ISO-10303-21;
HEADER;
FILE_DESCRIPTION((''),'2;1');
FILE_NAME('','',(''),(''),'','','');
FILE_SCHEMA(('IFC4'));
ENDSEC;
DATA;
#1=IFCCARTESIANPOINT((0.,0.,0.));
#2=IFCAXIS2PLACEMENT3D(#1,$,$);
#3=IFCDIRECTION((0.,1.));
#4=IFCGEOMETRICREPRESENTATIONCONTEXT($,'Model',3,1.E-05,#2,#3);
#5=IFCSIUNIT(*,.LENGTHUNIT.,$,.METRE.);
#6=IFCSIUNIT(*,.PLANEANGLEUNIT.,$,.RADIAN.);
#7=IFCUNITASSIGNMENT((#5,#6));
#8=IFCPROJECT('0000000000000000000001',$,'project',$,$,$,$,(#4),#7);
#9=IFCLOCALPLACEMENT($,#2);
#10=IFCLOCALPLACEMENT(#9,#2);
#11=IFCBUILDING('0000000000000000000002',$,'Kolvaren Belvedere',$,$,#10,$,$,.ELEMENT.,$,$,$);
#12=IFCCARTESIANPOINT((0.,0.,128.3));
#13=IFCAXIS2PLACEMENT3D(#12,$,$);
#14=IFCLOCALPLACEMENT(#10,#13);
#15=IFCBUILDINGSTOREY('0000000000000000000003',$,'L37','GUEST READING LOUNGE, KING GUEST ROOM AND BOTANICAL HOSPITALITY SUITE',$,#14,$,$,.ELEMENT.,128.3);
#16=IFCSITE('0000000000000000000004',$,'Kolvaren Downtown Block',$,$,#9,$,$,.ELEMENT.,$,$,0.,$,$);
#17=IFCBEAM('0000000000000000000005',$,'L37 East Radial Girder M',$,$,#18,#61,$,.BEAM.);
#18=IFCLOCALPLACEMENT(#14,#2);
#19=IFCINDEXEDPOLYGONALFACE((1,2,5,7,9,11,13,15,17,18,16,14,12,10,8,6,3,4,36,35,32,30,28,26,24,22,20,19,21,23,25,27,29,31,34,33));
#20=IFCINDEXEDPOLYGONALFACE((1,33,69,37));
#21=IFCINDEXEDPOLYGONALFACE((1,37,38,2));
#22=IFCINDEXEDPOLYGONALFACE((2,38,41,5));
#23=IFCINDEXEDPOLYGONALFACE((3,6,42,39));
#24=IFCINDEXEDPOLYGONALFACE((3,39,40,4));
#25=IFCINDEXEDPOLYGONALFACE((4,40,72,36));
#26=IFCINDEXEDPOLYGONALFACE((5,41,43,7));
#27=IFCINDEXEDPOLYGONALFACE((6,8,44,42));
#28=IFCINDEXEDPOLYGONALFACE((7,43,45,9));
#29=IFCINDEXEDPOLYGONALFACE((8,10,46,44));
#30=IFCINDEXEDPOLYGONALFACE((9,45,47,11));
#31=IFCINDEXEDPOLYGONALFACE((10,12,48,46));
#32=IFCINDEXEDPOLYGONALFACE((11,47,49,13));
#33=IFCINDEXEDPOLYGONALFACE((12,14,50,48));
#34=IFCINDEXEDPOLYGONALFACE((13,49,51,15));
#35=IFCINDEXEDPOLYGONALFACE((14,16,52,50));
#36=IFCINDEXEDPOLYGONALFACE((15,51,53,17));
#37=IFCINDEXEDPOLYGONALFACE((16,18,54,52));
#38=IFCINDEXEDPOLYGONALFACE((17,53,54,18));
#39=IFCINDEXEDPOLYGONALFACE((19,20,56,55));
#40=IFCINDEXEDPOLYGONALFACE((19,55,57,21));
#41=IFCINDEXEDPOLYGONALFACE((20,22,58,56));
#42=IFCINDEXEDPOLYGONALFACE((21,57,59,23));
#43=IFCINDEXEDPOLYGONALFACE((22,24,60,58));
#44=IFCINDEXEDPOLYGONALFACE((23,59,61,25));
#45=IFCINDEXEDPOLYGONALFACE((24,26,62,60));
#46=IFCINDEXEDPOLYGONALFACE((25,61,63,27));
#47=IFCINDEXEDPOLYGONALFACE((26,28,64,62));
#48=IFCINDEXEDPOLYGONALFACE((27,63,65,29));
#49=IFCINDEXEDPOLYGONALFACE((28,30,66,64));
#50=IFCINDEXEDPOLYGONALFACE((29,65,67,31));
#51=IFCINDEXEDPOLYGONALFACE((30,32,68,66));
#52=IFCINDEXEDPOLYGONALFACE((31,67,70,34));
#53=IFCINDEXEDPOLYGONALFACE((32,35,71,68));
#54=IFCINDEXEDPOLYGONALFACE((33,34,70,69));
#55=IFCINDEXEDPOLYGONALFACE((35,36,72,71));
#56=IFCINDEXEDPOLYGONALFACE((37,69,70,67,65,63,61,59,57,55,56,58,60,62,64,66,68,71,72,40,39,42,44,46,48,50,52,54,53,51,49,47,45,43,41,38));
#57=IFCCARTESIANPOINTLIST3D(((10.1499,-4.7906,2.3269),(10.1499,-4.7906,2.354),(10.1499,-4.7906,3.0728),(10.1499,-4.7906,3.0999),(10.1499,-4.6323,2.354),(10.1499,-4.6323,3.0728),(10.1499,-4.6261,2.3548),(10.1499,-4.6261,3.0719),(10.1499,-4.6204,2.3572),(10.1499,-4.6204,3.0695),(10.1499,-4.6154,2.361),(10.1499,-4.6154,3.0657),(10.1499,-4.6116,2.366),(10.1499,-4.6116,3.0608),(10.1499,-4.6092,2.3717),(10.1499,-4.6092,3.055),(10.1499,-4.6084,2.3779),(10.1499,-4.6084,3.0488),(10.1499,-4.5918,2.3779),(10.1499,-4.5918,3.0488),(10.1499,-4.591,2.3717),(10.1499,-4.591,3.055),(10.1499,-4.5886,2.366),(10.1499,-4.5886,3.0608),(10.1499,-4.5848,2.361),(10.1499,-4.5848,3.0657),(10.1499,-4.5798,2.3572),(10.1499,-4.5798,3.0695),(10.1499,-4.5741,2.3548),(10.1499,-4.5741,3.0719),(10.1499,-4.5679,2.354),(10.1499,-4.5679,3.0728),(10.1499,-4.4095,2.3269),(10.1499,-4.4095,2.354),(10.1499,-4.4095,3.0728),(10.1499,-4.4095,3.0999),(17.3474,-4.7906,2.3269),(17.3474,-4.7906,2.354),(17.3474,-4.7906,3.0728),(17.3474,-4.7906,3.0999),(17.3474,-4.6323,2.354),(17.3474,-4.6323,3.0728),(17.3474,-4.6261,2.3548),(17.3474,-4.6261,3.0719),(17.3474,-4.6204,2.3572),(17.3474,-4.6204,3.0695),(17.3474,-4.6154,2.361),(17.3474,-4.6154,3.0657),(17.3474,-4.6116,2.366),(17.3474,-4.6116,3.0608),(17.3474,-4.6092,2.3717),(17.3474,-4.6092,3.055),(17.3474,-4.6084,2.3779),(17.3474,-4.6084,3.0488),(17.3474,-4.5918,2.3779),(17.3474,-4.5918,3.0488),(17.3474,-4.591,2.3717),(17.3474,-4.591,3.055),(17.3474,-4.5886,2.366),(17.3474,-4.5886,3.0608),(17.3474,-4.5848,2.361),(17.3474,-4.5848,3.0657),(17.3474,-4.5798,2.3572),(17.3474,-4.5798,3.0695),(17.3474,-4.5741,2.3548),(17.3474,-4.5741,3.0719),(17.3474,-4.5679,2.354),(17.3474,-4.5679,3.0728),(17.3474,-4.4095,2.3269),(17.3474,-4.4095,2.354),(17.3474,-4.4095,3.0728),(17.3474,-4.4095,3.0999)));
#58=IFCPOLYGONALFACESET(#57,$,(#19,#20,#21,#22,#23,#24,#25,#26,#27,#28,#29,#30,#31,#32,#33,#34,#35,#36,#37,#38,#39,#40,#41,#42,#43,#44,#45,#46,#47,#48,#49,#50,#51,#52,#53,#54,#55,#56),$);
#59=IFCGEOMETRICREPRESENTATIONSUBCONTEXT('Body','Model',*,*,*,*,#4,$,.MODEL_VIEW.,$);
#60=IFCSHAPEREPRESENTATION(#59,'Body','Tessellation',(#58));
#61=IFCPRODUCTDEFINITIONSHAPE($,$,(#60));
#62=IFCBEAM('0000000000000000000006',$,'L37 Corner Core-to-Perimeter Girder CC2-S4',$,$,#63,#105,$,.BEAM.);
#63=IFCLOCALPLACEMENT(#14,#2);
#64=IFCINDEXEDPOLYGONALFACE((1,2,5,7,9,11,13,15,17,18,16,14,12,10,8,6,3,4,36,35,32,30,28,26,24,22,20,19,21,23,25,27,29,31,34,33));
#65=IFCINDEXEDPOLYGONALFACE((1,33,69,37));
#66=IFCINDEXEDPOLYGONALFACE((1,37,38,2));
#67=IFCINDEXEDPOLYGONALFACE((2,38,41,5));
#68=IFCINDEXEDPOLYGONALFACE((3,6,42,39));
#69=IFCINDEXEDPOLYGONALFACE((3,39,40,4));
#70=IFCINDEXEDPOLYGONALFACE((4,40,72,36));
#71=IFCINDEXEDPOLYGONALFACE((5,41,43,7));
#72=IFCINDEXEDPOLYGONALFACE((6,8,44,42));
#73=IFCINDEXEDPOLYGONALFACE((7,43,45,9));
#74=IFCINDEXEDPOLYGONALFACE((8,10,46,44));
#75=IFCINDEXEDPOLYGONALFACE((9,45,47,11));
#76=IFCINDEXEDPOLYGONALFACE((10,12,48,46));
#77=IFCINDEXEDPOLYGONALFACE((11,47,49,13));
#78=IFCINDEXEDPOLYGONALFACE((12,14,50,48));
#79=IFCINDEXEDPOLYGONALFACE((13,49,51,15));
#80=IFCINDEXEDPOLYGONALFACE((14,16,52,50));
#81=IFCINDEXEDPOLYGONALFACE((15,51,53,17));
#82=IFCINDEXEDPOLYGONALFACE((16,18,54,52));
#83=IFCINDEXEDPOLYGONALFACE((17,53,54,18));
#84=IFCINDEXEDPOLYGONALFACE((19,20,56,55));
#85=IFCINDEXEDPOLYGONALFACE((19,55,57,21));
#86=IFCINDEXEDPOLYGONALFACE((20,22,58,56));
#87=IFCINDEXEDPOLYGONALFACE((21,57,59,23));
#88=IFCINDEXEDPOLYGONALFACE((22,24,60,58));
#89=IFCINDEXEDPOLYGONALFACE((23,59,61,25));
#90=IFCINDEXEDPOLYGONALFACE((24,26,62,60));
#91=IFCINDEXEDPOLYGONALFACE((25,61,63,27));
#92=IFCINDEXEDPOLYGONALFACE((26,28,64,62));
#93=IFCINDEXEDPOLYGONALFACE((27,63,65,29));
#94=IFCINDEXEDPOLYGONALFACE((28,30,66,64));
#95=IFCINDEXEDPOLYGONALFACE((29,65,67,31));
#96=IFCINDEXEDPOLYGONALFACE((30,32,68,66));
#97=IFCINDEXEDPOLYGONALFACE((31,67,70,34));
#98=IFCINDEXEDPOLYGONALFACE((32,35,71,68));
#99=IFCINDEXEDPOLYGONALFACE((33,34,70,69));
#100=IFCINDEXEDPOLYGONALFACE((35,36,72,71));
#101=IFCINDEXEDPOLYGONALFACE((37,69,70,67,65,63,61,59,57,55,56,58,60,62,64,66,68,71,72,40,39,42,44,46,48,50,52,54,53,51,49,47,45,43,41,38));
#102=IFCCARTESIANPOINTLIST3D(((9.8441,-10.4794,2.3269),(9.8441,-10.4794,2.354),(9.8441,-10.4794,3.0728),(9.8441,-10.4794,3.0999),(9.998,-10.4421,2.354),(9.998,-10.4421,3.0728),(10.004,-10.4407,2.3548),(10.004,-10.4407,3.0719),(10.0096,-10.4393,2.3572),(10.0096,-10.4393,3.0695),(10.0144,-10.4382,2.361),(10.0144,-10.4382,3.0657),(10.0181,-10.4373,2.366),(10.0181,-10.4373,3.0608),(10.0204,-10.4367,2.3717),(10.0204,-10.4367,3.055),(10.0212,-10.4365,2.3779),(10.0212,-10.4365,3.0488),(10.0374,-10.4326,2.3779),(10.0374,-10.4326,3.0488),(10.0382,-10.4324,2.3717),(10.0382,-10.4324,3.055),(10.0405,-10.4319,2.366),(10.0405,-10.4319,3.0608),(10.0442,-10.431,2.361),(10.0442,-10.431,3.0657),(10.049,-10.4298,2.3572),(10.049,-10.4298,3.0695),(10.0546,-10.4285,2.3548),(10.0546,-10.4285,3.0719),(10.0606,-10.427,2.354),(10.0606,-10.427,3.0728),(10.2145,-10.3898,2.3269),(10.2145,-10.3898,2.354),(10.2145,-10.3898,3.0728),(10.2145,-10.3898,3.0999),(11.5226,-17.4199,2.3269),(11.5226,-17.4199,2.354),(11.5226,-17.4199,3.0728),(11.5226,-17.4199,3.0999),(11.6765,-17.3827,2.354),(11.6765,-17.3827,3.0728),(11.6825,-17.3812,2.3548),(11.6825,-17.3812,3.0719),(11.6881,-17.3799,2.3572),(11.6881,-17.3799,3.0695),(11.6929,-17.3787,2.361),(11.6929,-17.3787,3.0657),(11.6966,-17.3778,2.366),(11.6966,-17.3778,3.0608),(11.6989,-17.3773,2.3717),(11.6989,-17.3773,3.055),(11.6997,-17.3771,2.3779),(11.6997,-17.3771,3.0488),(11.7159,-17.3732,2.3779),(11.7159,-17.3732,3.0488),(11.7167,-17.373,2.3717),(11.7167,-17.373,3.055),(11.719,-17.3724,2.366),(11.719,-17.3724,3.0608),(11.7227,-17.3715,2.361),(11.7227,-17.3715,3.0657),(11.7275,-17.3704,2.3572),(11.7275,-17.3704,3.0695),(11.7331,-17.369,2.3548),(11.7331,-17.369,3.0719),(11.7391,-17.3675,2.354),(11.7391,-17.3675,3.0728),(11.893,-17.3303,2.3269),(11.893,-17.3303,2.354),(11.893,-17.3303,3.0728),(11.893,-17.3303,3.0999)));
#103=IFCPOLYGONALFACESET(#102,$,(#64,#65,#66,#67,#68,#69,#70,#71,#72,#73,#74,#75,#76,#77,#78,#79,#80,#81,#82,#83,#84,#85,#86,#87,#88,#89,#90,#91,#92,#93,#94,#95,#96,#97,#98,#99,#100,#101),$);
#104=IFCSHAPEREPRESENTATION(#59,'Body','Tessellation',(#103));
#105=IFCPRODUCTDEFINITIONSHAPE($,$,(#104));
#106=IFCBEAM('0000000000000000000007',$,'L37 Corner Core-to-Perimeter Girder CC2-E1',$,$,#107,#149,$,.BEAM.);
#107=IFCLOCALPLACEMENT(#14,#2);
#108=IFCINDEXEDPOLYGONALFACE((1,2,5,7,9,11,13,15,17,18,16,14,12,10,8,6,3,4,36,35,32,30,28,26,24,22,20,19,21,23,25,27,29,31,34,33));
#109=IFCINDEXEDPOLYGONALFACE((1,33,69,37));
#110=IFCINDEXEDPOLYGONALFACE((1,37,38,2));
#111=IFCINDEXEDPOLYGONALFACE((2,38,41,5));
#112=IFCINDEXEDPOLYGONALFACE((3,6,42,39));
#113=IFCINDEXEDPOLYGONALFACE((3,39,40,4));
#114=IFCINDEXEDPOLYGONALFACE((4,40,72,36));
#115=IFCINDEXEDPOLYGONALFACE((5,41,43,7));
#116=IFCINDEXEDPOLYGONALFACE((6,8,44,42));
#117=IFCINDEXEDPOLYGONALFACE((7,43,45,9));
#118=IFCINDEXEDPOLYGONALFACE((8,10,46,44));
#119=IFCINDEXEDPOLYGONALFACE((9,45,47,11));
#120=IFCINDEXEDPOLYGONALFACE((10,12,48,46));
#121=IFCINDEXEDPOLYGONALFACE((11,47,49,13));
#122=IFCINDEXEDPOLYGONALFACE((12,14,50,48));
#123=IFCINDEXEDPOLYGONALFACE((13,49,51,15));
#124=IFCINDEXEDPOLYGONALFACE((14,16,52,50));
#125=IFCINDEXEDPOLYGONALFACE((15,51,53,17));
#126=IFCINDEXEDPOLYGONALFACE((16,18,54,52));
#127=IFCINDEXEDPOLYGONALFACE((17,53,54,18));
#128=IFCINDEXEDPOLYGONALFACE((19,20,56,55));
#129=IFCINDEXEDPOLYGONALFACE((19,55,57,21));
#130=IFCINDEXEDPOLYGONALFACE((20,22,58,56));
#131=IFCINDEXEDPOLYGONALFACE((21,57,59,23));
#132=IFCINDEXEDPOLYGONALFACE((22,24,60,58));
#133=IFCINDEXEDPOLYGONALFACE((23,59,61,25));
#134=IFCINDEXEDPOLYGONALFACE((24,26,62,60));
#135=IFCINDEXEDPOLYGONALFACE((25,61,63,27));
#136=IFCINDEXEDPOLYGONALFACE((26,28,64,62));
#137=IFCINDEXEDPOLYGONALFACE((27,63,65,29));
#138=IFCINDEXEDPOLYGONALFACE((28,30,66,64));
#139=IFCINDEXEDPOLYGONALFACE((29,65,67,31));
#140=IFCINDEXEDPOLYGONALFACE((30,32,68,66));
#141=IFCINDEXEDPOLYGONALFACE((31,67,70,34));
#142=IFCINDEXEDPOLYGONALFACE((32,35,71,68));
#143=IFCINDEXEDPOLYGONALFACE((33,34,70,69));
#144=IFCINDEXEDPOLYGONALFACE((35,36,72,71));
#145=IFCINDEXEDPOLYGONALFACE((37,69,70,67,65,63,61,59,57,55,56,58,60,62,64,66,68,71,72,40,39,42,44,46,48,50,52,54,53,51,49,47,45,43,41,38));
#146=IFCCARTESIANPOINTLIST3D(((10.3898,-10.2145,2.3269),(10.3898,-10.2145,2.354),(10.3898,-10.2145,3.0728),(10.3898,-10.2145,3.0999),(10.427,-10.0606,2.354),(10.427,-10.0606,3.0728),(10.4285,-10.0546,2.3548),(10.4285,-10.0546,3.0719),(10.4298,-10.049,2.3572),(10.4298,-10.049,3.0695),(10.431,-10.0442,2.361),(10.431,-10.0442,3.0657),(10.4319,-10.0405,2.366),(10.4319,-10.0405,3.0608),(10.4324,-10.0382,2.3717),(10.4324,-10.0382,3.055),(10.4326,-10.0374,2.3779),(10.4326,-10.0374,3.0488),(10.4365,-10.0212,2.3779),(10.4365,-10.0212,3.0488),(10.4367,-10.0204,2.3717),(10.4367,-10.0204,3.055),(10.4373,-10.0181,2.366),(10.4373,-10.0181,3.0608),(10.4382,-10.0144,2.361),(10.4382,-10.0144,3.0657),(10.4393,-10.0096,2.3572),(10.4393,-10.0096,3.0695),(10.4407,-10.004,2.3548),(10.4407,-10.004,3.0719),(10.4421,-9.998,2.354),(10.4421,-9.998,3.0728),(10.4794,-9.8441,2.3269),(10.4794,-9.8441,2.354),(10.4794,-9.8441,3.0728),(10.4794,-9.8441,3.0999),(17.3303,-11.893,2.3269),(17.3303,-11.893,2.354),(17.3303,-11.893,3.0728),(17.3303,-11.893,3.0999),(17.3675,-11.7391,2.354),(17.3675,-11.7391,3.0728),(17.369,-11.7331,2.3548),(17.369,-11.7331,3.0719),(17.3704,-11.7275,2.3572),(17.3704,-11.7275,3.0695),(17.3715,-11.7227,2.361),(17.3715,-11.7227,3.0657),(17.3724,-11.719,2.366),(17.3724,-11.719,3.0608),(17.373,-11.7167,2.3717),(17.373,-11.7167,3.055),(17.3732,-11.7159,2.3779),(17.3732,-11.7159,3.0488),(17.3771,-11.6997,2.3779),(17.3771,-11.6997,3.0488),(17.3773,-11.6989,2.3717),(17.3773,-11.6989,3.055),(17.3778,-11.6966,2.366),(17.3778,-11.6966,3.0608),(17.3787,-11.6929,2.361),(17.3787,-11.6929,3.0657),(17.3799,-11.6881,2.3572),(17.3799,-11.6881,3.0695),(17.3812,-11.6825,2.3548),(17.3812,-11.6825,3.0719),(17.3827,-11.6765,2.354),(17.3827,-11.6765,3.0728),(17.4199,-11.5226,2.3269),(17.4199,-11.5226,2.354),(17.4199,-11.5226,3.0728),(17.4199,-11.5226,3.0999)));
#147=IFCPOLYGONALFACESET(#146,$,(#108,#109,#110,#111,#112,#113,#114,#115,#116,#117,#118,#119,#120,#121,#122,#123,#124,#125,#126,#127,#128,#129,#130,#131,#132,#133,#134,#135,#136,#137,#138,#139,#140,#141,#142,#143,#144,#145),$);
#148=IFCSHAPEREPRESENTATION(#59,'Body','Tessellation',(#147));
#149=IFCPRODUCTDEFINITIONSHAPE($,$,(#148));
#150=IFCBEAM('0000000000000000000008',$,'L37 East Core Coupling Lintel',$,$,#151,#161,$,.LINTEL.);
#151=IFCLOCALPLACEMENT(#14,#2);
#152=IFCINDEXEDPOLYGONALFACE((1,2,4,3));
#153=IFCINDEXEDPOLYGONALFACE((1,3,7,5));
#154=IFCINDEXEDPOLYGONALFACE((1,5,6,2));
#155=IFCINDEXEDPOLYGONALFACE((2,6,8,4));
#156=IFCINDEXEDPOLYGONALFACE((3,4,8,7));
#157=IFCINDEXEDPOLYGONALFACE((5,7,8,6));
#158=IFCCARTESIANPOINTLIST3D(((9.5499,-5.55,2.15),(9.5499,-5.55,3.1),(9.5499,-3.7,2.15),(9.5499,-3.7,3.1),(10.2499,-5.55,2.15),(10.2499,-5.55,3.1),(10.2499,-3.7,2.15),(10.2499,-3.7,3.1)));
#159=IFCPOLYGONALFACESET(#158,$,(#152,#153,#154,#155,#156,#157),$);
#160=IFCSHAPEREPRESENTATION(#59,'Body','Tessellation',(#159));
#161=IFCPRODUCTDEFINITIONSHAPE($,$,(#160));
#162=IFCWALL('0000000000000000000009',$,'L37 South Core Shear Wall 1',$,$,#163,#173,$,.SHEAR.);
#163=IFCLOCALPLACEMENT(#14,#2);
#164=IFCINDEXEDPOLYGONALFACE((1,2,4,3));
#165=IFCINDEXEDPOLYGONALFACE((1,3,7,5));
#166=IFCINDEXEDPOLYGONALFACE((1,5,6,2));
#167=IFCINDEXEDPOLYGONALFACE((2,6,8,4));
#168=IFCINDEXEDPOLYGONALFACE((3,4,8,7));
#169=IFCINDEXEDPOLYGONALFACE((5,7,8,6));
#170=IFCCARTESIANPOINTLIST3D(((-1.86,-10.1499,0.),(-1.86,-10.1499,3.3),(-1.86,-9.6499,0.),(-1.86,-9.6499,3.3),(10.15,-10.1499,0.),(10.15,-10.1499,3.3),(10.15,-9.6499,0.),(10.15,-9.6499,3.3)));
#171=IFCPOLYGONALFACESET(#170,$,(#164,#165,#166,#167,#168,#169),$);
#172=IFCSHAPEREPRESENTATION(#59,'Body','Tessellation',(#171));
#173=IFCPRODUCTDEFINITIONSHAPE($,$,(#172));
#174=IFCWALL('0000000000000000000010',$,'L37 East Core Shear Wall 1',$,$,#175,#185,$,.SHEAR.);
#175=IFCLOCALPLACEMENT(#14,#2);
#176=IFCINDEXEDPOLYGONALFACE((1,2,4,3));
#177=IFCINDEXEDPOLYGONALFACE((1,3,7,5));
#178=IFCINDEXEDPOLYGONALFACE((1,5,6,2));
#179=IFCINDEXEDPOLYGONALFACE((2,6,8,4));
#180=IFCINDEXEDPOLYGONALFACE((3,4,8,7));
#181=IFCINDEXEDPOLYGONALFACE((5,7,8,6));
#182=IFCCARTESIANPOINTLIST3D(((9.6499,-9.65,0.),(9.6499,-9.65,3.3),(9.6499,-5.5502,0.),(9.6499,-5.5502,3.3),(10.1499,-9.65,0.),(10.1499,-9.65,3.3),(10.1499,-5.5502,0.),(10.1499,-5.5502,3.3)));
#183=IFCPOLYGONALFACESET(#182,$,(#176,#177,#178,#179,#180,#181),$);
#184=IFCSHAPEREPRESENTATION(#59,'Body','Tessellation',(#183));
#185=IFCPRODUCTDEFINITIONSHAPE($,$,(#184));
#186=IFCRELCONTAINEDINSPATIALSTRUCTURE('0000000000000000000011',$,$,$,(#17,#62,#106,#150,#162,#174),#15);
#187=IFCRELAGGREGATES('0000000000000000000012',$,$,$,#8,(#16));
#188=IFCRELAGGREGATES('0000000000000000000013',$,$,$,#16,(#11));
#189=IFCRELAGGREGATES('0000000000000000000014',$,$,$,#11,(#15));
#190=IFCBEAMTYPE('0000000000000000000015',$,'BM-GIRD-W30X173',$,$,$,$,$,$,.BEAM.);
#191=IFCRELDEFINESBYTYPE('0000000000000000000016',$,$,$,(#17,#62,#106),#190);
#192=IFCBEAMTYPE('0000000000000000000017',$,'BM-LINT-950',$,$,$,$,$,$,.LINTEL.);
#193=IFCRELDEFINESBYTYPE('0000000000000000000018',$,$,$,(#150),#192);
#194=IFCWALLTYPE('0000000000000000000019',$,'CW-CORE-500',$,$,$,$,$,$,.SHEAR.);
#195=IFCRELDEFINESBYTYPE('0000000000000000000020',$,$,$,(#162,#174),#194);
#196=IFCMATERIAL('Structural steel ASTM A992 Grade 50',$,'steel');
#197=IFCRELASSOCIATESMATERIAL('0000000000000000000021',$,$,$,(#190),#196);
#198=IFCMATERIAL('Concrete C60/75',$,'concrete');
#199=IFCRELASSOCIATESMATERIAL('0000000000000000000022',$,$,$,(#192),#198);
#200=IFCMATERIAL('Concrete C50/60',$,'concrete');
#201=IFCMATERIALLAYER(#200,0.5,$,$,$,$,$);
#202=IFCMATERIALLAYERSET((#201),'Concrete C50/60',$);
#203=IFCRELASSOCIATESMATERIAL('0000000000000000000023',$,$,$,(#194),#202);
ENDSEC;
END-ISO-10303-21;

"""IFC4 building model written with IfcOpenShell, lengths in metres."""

from ifc_helpers import new_model, si_unit, direction, frame, frame_2d, origin, origin_2d, place, context, subcontext, project, spatial, rectangle, i_section, extrude, material, layer, layer_set, material_profile, profile_set, type_object, element, save


model = new_model("IFC4")

# Units and contexts
model_context = context("Model", 3, precision=1e-05, world=origin(), true_north=direction((0.0, 1.0)))
body_context = subcontext(model_context, "Body", "Model", "MODEL_VIEW")
ifc_project = project(units=[si_unit("LENGTHUNIT", "METRE"), si_unit("PLANEANGLEUNIT", "RADIAN")], contexts=[model_context])

# Site, building, storey
site_placement = place(None, origin())
site = spatial("IfcSite", under=ifc_project, at=site_placement, Name="Kolvaren Downtown Block", CompositionType="ELEMENT", RefElevation=0.0)
building_placement = place(site_placement, origin())
building = spatial("IfcBuilding", under=site, at=building_placement, Name="Kolvaren Belvedere", CompositionType="ELEMENT")
storey_placement = place(building_placement, frame((0.0, 0.0, 128.3)))
storey = spatial("IfcBuildingStorey", under=building, at=storey_placement, Name="L37", Description="GUEST READING LOUNGE, KING GUEST ROOM AND BOTANICAL HOSPITALITY SUITE", CompositionType="ELEMENT", Elevation=128.3)

# Beams
ifc_material_1 = material(Name="Structural steel ASTM A992 Grade 50", Category="steel")
ifc_material_profile_1 = material_profile(ifc_material_1, i_section(OverallWidth=0.3811, OverallDepth=0.7729, WebThickness=0.0166, FlangeThickness=0.0271, FilletRadius=0.0239, at=origin_2d()), Name="W30X173")
ifc_profile_set_1 = profile_set([ifc_material_profile_1], Name="Structural steel ASTM A992 Grade 50")
beam_type_1 = type_object("IfcBeamType", Name="BM-GIRD-W30X173", PredefinedType="BEAM", material=ifc_profile_set_1)
for number, where, z_axis, x_axis, name in (
    (1, (10.1499, -4.6001, 2.7134), (1.0, 0.0, 0.0), (0.0, 1.0, 0.0), "L37 East Radial Girder M"),
):
    element("IfcBeam", number, at=place(storey_placement, frame(where, z_axis=z_axis, x_axis=x_axis)), inside=storey, type_object=beam_type_1, Name=name, PredefinedType="BEAM", context=body_context, shape_type="SweptSolid", body=[
        extrude(i_section(OverallWidth=0.3811, OverallDepth=0.7729, WebThickness=0.0166, FlangeThickness=0.0271, FilletRadius=0.0239, at=origin_2d()), origin(), (0.0, 0.0, 1.0), 7.1975),
    ])
for number, where, z_axis, x_axis, name in (
    (2, (10.0293, -10.4346, 2.7134), (0.235063, -0.97198, 0.0), (0.97198, 0.235063, 0.0), "L37 Corner Core-to-Perimeter Girder CC2-S4"),
    (3, (10.4346, -10.0293, 2.7134), (0.97198, -0.235063, 0.0), (0.235063, 0.97198, 0.0), "L37 Corner Core-to-Perimeter Girder CC2-E1"),
):
    element("IfcBeam", number, at=place(storey_placement, frame(where, z_axis=z_axis, x_axis=x_axis)), inside=storey, type_object=beam_type_1, Name=name, PredefinedType="BEAM", context=body_context, shape_type="SweptSolid", body=[
        extrude(i_section(OverallWidth=0.3811, OverallDepth=0.7729, WebThickness=0.0166, FlangeThickness=0.0271, FilletRadius=0.0239, at=origin_2d()), origin(), (0.0, 0.0, 1.0), 7.1406),
    ])
ifc_material_2 = material(Name="Concrete C60/75", Category="concrete")
ifc_material_profile_2 = material_profile(ifc_material_2, rectangle(XDim=0.7, YDim=0.95, at=origin_2d()), Name="RC 700X950")
ifc_profile_set_2 = profile_set([ifc_material_profile_2], Name="Concrete C60/75")
beam_type_2 = type_object("IfcBeamType", Name="BM-LINT-950", PredefinedType="LINTEL", material=ifc_profile_set_2)
beam_1_placement = place(storey_placement, frame((9.8999, -5.55, 2.625), z_axis=(0.0, 1.0, 0.0), x_axis=(-1.0, 0.0, 0.0)))
element("IfcBeam", 4, at=beam_1_placement, inside=storey, type_object=beam_type_2, Name="L37 East Core Coupling Lintel", PredefinedType="LINTEL", context=body_context, shape_type="SweptSolid", body=[
    extrude(rectangle(XDim=0.7, YDim=0.95, at=origin_2d()), origin(), (0.0, 0.0, 1.0), 1.8501),
])

# Walls
ifc_material_3 = material(Name="Concrete C50/60", Category="concrete")
ifc_layer_1 = layer(ifc_material_3, 0.5)
ifc_layer_set_1 = layer_set([ifc_layer_1], Name="Concrete C50/60")
wall_type_1 = type_object("IfcWallType", Name="CW-CORE-500", PredefinedType="SHEAR", material=ifc_layer_set_1)
wall_1_placement = place(storey_placement, frame((10.1499, -9.8999, 0.0), z_axis=(0.0, 0.0, 1.0), x_axis=(-1.0, 0.0, 0.0)))
element("IfcWall", 5, at=wall_1_placement, inside=storey, type_object=wall_type_1, Name="L37 South Core Shear Wall 1", PredefinedType="SHEAR", context=body_context, shape_type="SweptSolid", body=[
    extrude(rectangle(XDim=12.01, YDim=0.5, at=frame_2d((6.0049, 0.0))), origin(), (0.0, 0.0, 1.0), 3.3),
])
wall_2_placement = place(storey_placement, frame((9.8999, -9.6499, 0.0), z_axis=(0.0, 0.0, 1.0), x_axis=(0.0, 1.0, 0.0)))
element("IfcWall", 6, at=wall_2_placement, inside=storey, type_object=wall_type_1, Name="L37 East Core Shear Wall 1", PredefinedType="SHEAR", context=body_context, shape_type="SweptSolid", body=[
    extrude(rectangle(XDim=4.0999, YDim=0.5, at=frame_2d((2.0498, 0.0))), origin(), (0.0, 0.0, 1.0), 3.3),
])

save(model, "model.ifc")
